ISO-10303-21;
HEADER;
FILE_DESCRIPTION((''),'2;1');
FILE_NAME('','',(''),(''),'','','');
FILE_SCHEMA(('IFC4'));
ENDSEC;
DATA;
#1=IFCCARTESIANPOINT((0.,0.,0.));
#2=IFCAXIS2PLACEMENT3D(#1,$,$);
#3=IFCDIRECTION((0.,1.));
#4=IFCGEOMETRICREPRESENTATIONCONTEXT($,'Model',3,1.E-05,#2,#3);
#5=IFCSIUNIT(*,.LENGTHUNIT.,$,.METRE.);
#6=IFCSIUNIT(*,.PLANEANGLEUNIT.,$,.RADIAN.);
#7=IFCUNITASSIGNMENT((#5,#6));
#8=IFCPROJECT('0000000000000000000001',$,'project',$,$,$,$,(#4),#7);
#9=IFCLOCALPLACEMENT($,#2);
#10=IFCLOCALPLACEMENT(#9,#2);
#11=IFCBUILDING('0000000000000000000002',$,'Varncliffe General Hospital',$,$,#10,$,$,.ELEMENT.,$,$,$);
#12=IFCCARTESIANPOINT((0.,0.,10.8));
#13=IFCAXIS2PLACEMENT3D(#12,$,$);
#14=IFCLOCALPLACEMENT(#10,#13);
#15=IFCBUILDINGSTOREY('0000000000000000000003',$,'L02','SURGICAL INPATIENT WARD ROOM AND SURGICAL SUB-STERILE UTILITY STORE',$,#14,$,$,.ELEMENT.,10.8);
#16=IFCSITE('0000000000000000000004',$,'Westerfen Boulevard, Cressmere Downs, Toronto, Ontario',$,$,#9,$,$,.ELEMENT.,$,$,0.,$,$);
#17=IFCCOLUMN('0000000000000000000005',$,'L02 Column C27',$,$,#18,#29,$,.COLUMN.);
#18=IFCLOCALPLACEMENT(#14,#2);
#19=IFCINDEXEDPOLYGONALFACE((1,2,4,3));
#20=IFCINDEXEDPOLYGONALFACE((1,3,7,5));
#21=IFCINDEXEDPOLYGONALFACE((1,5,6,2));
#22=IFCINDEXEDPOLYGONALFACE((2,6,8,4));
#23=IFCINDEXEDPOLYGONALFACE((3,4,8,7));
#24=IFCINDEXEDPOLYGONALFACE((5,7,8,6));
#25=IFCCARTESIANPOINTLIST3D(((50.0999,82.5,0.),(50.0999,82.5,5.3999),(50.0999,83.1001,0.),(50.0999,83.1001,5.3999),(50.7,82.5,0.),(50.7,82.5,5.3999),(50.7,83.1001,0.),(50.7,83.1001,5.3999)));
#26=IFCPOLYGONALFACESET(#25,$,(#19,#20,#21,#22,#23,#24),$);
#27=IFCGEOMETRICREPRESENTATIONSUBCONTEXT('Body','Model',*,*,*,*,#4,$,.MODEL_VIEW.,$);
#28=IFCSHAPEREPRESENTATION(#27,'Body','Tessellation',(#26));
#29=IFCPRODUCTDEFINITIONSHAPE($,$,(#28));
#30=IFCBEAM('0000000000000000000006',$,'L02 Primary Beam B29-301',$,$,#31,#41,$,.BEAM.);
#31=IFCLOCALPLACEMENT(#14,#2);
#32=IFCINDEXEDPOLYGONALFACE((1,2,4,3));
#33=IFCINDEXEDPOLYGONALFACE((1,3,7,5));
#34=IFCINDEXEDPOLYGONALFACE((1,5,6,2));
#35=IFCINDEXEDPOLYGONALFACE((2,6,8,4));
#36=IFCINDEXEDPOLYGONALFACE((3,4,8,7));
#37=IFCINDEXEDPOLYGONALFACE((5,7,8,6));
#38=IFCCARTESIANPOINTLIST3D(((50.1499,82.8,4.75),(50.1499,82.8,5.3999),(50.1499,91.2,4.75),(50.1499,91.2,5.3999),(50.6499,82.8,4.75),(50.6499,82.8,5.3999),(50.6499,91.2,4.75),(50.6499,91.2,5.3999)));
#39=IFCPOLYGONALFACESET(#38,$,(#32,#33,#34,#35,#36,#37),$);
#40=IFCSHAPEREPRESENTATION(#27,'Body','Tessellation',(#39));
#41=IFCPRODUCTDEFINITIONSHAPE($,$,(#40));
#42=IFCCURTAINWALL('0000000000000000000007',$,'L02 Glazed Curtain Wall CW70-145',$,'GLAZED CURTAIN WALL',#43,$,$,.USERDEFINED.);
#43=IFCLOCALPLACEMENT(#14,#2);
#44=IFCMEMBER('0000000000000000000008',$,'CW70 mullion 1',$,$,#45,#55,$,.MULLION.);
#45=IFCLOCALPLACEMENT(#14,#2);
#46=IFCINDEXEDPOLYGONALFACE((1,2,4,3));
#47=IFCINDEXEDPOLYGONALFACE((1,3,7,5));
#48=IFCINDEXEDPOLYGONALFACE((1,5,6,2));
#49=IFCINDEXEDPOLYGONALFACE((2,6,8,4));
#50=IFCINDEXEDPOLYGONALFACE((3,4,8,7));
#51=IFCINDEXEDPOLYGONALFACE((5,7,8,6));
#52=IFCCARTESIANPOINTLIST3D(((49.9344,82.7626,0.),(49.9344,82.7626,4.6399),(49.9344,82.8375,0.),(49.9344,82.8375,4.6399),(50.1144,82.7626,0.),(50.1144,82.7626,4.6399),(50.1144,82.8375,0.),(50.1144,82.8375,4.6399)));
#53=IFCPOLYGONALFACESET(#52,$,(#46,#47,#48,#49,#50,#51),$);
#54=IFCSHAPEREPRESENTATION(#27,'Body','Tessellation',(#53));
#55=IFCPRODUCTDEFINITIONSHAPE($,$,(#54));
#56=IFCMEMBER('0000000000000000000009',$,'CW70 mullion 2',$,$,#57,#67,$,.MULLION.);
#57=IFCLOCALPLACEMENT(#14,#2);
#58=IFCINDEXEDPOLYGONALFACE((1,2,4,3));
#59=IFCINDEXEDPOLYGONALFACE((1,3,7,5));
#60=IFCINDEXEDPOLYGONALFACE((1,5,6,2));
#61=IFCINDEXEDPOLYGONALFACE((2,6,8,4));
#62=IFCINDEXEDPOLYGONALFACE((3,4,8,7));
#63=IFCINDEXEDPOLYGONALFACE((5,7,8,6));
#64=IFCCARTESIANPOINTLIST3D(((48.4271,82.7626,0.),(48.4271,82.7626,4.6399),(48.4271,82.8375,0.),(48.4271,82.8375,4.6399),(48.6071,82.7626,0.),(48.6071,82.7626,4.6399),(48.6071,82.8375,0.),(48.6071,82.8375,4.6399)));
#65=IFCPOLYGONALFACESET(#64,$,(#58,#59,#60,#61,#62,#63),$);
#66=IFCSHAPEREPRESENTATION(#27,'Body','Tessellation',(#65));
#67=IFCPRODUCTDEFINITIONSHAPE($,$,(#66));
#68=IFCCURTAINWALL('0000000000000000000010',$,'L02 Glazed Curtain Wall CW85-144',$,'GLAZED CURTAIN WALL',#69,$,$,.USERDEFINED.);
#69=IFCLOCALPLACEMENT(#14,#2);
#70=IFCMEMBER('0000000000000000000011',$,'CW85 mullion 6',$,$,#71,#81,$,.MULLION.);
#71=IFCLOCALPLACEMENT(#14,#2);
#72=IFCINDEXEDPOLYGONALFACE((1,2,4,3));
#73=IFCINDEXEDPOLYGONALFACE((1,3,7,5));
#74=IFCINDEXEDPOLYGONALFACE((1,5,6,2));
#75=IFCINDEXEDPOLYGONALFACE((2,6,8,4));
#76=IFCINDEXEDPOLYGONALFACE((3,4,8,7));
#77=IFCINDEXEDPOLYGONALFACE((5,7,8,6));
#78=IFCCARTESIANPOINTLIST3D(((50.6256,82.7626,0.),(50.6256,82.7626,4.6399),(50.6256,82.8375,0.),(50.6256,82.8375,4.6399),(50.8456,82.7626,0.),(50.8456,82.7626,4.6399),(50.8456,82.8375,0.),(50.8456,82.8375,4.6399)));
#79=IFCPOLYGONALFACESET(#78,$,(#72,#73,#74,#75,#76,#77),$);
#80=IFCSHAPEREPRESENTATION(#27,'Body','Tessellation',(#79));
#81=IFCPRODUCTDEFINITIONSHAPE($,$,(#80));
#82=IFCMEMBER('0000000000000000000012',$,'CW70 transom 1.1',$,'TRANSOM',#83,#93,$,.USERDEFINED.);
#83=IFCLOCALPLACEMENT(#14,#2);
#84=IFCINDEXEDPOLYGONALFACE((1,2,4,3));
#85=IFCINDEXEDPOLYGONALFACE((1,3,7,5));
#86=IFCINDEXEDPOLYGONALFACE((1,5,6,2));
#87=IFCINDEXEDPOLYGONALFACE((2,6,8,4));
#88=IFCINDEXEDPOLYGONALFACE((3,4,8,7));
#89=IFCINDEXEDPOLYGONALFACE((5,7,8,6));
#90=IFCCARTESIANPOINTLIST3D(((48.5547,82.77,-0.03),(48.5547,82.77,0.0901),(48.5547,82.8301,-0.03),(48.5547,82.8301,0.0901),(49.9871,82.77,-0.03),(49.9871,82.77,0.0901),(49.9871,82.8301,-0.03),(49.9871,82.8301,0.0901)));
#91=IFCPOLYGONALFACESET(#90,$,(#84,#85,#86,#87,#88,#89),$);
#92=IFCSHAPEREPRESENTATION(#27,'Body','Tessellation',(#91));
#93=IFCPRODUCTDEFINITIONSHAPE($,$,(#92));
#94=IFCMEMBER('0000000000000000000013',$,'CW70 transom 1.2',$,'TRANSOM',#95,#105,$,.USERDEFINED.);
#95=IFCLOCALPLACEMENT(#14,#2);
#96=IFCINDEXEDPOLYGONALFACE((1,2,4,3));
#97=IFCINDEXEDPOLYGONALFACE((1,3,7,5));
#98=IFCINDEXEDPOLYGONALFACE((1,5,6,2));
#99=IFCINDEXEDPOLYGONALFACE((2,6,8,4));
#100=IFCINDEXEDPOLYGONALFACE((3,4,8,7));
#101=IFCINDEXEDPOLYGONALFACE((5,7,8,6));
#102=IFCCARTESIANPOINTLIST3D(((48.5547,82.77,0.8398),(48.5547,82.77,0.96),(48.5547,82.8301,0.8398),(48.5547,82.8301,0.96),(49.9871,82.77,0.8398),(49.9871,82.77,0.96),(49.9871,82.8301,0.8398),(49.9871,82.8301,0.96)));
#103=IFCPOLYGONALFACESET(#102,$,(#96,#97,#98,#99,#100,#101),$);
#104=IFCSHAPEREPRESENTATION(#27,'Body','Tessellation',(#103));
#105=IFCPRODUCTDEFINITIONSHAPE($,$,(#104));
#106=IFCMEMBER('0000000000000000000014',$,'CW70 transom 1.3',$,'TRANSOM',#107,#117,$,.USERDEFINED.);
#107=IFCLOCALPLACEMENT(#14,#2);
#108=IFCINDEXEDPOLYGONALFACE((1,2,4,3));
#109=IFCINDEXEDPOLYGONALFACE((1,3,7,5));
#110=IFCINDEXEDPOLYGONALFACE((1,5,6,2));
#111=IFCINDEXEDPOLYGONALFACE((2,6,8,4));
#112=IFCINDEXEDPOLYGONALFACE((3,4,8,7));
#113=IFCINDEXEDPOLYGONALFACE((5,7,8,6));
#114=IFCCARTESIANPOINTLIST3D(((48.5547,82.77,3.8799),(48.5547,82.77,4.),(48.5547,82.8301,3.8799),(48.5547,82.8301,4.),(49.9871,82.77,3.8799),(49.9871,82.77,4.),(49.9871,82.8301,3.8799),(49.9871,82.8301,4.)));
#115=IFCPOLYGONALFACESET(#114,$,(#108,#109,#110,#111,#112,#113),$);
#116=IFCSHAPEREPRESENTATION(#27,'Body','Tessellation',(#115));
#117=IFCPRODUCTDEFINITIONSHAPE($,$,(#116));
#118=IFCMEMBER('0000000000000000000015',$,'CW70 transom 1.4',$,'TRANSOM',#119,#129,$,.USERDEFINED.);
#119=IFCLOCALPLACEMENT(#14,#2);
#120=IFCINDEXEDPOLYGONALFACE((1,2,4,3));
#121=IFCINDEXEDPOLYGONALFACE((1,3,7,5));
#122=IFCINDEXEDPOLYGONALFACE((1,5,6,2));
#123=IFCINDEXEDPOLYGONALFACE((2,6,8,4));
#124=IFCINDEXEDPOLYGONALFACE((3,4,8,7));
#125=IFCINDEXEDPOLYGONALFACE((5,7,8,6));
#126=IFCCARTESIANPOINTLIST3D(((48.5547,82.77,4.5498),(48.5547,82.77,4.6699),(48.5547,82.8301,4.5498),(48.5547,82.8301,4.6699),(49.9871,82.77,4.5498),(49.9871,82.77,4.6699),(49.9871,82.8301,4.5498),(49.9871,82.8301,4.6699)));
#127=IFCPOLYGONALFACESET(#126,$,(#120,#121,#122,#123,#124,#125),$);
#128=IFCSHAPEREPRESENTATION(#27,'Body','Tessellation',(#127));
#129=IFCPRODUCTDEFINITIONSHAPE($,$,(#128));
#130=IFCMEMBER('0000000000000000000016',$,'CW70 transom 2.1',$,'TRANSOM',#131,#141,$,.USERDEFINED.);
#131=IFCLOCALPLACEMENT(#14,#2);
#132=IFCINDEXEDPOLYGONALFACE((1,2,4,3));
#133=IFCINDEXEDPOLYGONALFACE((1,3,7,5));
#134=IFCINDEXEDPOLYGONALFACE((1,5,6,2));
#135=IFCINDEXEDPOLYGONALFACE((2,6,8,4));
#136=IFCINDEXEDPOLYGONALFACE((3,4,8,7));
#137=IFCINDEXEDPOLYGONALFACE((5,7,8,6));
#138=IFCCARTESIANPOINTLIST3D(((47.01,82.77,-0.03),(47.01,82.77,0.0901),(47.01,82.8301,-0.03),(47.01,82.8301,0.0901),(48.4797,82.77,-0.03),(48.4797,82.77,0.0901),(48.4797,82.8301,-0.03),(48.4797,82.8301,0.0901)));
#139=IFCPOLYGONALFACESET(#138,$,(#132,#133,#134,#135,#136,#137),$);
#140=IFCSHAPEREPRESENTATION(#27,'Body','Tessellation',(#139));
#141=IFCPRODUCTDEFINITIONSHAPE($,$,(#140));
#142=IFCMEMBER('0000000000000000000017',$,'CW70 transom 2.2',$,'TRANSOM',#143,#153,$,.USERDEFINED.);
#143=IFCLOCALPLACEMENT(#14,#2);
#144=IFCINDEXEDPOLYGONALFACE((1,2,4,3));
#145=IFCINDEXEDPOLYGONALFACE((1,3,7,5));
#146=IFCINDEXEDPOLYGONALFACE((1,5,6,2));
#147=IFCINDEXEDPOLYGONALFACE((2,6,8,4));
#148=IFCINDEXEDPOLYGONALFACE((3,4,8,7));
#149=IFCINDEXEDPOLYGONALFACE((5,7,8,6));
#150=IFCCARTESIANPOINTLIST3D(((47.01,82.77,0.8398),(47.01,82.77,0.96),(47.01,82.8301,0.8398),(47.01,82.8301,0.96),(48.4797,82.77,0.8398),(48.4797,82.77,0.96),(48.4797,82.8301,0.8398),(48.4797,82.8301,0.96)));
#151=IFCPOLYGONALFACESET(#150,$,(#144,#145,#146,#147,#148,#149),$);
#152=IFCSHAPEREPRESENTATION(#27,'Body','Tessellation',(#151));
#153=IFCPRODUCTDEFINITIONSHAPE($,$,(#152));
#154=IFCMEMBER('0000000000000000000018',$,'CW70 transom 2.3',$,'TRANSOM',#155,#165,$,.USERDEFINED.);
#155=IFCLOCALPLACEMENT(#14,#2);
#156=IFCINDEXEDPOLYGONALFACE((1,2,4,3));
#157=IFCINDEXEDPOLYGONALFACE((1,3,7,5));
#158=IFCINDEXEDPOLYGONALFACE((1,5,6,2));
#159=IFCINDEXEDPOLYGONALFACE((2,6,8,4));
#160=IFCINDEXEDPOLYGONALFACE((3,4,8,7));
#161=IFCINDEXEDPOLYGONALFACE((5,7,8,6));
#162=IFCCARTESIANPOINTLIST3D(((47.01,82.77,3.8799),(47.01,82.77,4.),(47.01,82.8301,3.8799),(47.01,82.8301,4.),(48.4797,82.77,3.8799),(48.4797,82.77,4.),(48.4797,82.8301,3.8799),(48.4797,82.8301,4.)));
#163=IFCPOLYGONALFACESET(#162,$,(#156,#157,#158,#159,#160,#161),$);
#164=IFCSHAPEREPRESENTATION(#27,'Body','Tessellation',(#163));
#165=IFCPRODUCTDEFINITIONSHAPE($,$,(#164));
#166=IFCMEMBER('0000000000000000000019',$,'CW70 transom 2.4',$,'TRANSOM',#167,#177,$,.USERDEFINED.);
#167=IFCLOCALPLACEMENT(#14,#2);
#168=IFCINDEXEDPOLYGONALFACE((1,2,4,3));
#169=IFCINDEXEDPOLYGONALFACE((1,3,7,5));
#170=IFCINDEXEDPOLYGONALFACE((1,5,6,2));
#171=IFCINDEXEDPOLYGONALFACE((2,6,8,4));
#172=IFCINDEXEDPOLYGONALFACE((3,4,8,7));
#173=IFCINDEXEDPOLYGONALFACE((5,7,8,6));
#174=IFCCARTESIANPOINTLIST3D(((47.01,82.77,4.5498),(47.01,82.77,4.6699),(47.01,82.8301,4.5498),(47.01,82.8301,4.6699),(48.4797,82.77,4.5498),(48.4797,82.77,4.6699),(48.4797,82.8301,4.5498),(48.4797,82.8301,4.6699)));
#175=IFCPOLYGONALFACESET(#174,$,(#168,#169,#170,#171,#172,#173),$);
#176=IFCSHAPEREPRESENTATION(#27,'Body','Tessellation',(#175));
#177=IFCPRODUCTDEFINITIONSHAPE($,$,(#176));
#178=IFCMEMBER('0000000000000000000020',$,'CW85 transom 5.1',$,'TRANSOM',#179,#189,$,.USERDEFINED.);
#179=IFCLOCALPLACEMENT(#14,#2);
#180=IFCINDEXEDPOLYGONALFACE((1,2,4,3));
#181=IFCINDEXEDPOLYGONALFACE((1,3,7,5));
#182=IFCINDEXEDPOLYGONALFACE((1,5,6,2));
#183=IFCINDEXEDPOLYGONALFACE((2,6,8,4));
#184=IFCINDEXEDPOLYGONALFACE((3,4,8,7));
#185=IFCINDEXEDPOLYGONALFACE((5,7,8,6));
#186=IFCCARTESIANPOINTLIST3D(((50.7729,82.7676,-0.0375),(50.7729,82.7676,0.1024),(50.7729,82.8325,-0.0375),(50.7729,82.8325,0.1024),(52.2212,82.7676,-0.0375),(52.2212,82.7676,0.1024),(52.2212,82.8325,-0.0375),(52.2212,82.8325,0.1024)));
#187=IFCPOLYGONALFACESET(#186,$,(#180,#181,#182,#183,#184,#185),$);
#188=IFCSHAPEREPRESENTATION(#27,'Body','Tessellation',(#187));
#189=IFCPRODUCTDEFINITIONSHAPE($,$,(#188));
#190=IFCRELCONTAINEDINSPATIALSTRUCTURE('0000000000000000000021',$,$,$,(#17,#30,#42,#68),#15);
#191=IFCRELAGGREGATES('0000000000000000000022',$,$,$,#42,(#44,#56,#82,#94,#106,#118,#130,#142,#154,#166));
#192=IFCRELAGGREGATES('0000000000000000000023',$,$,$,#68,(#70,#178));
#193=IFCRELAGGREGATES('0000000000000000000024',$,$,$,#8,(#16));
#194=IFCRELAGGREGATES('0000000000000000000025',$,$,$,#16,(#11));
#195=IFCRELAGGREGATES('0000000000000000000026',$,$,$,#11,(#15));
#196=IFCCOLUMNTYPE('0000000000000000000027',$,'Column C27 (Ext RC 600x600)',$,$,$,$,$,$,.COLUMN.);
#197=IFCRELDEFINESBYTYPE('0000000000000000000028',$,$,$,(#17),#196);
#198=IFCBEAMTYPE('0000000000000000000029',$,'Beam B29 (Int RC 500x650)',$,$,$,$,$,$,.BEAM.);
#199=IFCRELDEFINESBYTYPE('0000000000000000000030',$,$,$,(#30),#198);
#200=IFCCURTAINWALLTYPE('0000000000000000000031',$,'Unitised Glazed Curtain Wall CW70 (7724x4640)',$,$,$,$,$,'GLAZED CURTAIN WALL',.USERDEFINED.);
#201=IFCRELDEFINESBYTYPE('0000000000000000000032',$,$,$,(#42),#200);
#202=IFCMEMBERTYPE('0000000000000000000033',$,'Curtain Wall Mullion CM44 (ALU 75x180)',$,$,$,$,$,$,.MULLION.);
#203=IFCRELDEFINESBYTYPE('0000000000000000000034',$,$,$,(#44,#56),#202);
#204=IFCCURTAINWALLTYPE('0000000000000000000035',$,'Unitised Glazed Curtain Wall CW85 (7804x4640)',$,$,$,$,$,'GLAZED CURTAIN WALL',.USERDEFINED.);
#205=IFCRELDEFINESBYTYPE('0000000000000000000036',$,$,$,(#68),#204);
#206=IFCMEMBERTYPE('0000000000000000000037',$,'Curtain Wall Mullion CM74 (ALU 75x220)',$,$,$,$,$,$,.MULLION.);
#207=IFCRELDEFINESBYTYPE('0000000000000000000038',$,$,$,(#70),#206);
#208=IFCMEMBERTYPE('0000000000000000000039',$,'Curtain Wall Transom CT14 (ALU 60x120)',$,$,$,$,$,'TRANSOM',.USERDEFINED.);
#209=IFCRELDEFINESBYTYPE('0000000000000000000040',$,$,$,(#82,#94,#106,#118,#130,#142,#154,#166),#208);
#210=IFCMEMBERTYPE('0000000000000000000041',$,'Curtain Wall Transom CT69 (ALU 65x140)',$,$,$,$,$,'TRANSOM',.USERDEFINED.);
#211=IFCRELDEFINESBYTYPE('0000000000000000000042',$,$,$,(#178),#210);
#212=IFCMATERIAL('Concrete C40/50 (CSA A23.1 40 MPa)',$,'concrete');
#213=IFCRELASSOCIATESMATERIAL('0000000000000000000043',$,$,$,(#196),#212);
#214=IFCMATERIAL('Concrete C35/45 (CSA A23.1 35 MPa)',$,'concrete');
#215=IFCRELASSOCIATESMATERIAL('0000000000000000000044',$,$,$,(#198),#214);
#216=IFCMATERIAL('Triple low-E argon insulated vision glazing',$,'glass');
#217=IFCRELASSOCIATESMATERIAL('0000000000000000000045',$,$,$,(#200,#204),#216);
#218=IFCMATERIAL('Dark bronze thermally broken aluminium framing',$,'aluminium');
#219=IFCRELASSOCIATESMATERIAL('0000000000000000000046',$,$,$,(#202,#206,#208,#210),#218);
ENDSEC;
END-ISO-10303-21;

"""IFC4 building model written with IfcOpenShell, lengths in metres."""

from ifc_helpers import new_model, si_unit, direction, frame, origin, origin_2d, place, context, subcontext, project, spatial, rectangle, extrude, material, material_profile, profile_set, type_object, element, aggregate, save


model = new_model("IFC4")

# Units and contexts
model_context = context("Model", 3, precision=1e-05, world=origin(), true_north=direction((0.0, 1.0)))
body_context = subcontext(model_context, "Body", "Model", "MODEL_VIEW")
ifc_project = project(units=[si_unit("LENGTHUNIT", "METRE"), si_unit("PLANEANGLEUNIT", "RADIAN")], contexts=[model_context])

# Site, building, storey
site_placement = place(None, origin())
site = spatial("IfcSite", under=ifc_project, at=site_placement, Name="Westerfen Boulevard, Cressmere Downs, Toronto, Ontario", CompositionType="ELEMENT", RefElevation=0.0)
building_placement = place(site_placement, origin())
building = spatial("IfcBuilding", under=site, at=building_placement, Name="Varncliffe General Hospital", CompositionType="ELEMENT")
storey_placement = place(building_placement, frame((0.0, 0.0, 10.8)))
storey = spatial("IfcBuildingStorey", under=building, at=storey_placement, Name="L02", Description="SURGICAL INPATIENT WARD ROOM AND SURGICAL SUB-STERILE UTILITY STORE", CompositionType="ELEMENT", Elevation=10.8)

# Column
ifc_material_1 = material(Name="Concrete C40/50 (CSA A23.1 40 MPa)", Category="concrete")
ifc_material_profile_1 = material_profile(ifc_material_1, rectangle(XDim=0.6001, YDim=0.6001, at=origin_2d()), Name="RC 600x600")
ifc_profile_set_1 = profile_set([ifc_material_profile_1], Name="Concrete C40/50 (CSA A23.1 40 MPa)")
column_type = type_object("IfcColumnType", Name="Column C27 (Ext RC 600x600)", PredefinedType="COLUMN", material=ifc_profile_set_1)
column_placement = place(storey_placement, frame((50.3999, 82.8, 0.0), z_axis=(0.0, 0.0, 1.0), x_axis=(1.0, 0.0, 0.0)))
element("IfcColumn", 1, at=column_placement, inside=storey, type_object=column_type, Name="L02 Column C27", PredefinedType="COLUMN", context=body_context, shape_type="SweptSolid", body=[
    extrude(rectangle(XDim=0.6001, YDim=0.6001, at=origin_2d()), origin(), (0.0, 0.0, 1.0), 5.3999),
])

# Beam
ifc_material_2 = material(Name="Concrete C35/45 (CSA A23.1 35 MPa)", Category="concrete")
ifc_material_profile_2 = material_profile(ifc_material_2, rectangle(XDim=0.5, YDim=0.6499, at=origin_2d()), Name="RC 500x650")
ifc_profile_set_2 = profile_set([ifc_material_profile_2], Name="Concrete C35/45 (CSA A23.1 35 MPa)")
beam_type_1 = type_object("IfcBeamType", Name="Beam B29 (Int RC 500x650)", PredefinedType="BEAM", material=ifc_profile_set_2)
beam_1_placement = place(storey_placement, frame((50.3999, 82.8, 5.075), z_axis=(0.0, 1.0, 0.0), x_axis=(-1.0, 0.0, 0.0)))
element("IfcBeam", 2, at=beam_1_placement, inside=storey, type_object=beam_type_1, Name="L02 Primary Beam B29-301", PredefinedType="BEAM", context=body_context, shape_type="SweptSolid", body=[
    extrude(rectangle(XDim=0.5, YDim=0.6499, at=origin_2d()), origin(), (0.0, 0.0, 1.0), 8.3999),
])

# Curtain wall, members
ifc_material_3 = material(Name="Triple low-E argon insulated vision glazing", Category="glass")
curtain_wall_type_1 = type_object("IfcCurtainWallType", Name="Unitised Glazed Curtain Wall CW70 (7724x4640)", ElementType="GLAZED CURTAIN WALL", PredefinedType="USERDEFINED", material=ifc_material_3)
curtain_wall_1_placement = place(storey_placement, origin())
curtain_wall_1 = element("IfcCurtainWall", 3, at=curtain_wall_1_placement, inside=storey, type_object=curtain_wall_type_1, Name="L02 Glazed Curtain Wall CW70-145", ObjectType="GLAZED CURTAIN WALL", PredefinedType="USERDEFINED")
ifc_material_4 = material(Name="Dark bronze thermally broken aluminium framing", Category="aluminium")
ifc_material_profile_3 = material_profile(ifc_material_4, rectangle(XDim=0.075, YDim=0.1799, at=origin_2d()), Name="ALU 75x180")
ifc_profile_set_3 = profile_set([ifc_material_profile_3], Name="Dark bronze thermally broken aluminium framing")
member_type_1 = type_object("IfcMemberType", Name="Curtain Wall Mullion CM44 (ALU 75x180)", PredefinedType="MULLION", material=ifc_profile_set_3)
member_1_placement = place(storey_placement, frame((50.0244, 82.8, 0.0), z_axis=(0.0, 0.0, 1.0), x_axis=(0.0, -1.0, 0.0)))
member_1 = element("IfcMember", 4, at=member_1_placement, type_object=member_type_1, Name="CW70 mullion 1", PredefinedType="MULLION", context=body_context, shape_type="SweptSolid", body=[
    extrude(rectangle(XDim=0.075, YDim=0.1799, at=origin_2d()), origin(), (0.0, 0.0, 1.0), 4.6399),
])
member_2_placement = place(storey_placement, frame((48.5171, 82.8, 0.0), z_axis=(0.0, 0.0, 1.0), x_axis=(0.0, -1.0, 0.0)))
member_2 = element("IfcMember", 5, at=member_2_placement, type_object=member_type_1, Name="CW70 mullion 2", PredefinedType="MULLION", context=body_context, shape_type="SweptSolid", body=[
    extrude(rectangle(XDim=0.075, YDim=0.1799, at=origin_2d()), origin(), (0.0, 0.0, 1.0), 4.6399),
])

# Curtain wall, member
curtain_wall_type_2 = type_object("IfcCurtainWallType", Name="Unitised Glazed Curtain Wall CW85 (7804x4640)", ElementType="GLAZED CURTAIN WALL", PredefinedType="USERDEFINED", material=ifc_material_3)
curtain_wall_2_placement = place(storey_placement, origin())
curtain_wall_2 = element("IfcCurtainWall", 6, at=curtain_wall_2_placement, inside=storey, type_object=curtain_wall_type_2, Name="L02 Glazed Curtain Wall CW85-144", ObjectType="GLAZED CURTAIN WALL", PredefinedType="USERDEFINED")
ifc_material_profile_4 = material_profile(ifc_material_4, rectangle(XDim=0.075, YDim=0.22, at=origin_2d()), Name="ALU 75x220")
ifc_profile_set_4 = profile_set([ifc_material_profile_4], Name="Dark bronze thermally broken aluminium framing")
member_type_2 = type_object("IfcMemberType", Name="Curtain Wall Mullion CM74 (ALU 75x220)", PredefinedType="MULLION", material=ifc_profile_set_4)
member_3_placement = place(storey_placement, frame((50.7356, 82.8, 0.0), z_axis=(0.0, 0.0, 1.0), x_axis=(0.0, -1.0, 0.0)))
member_3 = element("IfcMember", 7, at=member_3_placement, type_object=member_type_2, Name="CW85 mullion 6", PredefinedType="MULLION", context=body_context, shape_type="SweptSolid", body=[
    extrude(rectangle(XDim=0.075, YDim=0.22, at=origin_2d()), origin(), (0.0, 0.0, 1.0), 4.6399),
])

# Members
ifc_material_profile_5 = material_profile(ifc_material_4, rectangle(XDim=0.0601, YDim=0.1201, at=origin_2d()), Name="ALU 60x120")
ifc_profile_set_5 = profile_set([ifc_material_profile_5], Name="Dark bronze thermally broken aluminium framing")
member_type_3 = type_object("IfcMemberType", Name="Curtain Wall Transom CT14 (ALU 60x120)", ElementType="TRANSOM", PredefinedType="USERDEFINED", material=ifc_profile_set_5)
member_4_placement = place(storey_placement, frame((49.9871, 82.8, 0.03), z_axis=(-1.0, 0.0, 0.0), x_axis=(0.0, -1.0, 0.0)))
member_4 = element("IfcMember", 8, at=member_4_placement, type_object=member_type_3, Name="CW70 transom 1.1", ObjectType="TRANSOM", PredefinedType="USERDEFINED", context=body_context, shape_type="SweptSolid", body=[
    extrude(rectangle(XDim=0.0601, YDim=0.1201, at=origin_2d()), origin(), (0.0, 0.0, 1.0), 1.4324),
])
member_5_placement = place(storey_placement, frame((49.9871, 82.8, 0.8999), z_axis=(-1.0, 0.0, 0.0), x_axis=(0.0, -1.0, 0.0)))
member_5 = element("IfcMember", 9, at=member_5_placement, type_object=member_type_3, Name="CW70 transom 1.2", ObjectType="TRANSOM", PredefinedType="USERDEFINED", context=body_context, shape_type="SweptSolid", body=[
    extrude(rectangle(XDim=0.0601, YDim=0.1201, at=origin_2d()), origin(), (0.0, 0.0, 1.0), 1.4324),
])
member_6_placement = place(storey_placement, frame((49.9871, 82.8, 3.9399), z_axis=(-1.0, 0.0, 0.0), x_axis=(0.0, -1.0, 0.0)))
member_6 = element("IfcMember", 10, at=member_6_placement, type_object=member_type_3, Name="CW70 transom 1.3", ObjectType="TRANSOM", PredefinedType="USERDEFINED", context=body_context, shape_type="SweptSolid", body=[
    extrude(rectangle(XDim=0.0601, YDim=0.1201, at=origin_2d()), origin(), (0.0, 0.0, 1.0), 1.4324),
])
member_7_placement = place(storey_placement, frame((49.9871, 82.8, 4.6099), z_axis=(-1.0, 0.0, 0.0), x_axis=(0.0, -1.0, 0.0)))
member_7 = element("IfcMember", 11, at=member_7_placement, type_object=member_type_3, Name="CW70 transom 1.4", ObjectType="TRANSOM", PredefinedType="USERDEFINED", context=body_context, shape_type="SweptSolid", body=[
    extrude(rectangle(XDim=0.0601, YDim=0.1201, at=origin_2d()), origin(), (0.0, 0.0, 1.0), 1.4324),
])
member_8_placement = place(storey_placement, frame((48.4797, 82.8, 0.03), z_axis=(-1.0, 0.0, 0.0), x_axis=(0.0, -1.0, 0.0)))
member_8 = element("IfcMember", 12, at=member_8_placement, type_object=member_type_3, Name="CW70 transom 2.1", ObjectType="TRANSOM", PredefinedType="USERDEFINED", context=body_context, shape_type="SweptSolid", body=[
    extrude(rectangle(XDim=0.0601, YDim=0.1201, at=origin_2d()), origin(), (0.0, 0.0, 1.0), 1.4697),
])
member_9_placement = place(storey_placement, frame((48.4797, 82.8, 0.8999), z_axis=(-1.0, 0.0, 0.0), x_axis=(0.0, -1.0, 0.0)))
member_9 = element("IfcMember", 13, at=member_9_placement, type_object=member_type_3, Name="CW70 transom 2.2", ObjectType="TRANSOM", PredefinedType="USERDEFINED", context=body_context, shape_type="SweptSolid", body=[
    extrude(rectangle(XDim=0.0601, YDim=0.1201, at=origin_2d()), origin(), (0.0, 0.0, 1.0), 1.4697),
])
member_10_placement = place(storey_placement, frame((48.4797, 82.8, 3.9399), z_axis=(-1.0, 0.0, 0.0), x_axis=(0.0, -1.0, 0.0)))
member_10 = element("IfcMember", 14, at=member_10_placement, type_object=member_type_3, Name="CW70 transom 2.3", ObjectType="TRANSOM", PredefinedType="USERDEFINED", context=body_context, shape_type="SweptSolid", body=[
    extrude(rectangle(XDim=0.0601, YDim=0.1201, at=origin_2d()), origin(), (0.0, 0.0, 1.0), 1.4697),
])
member_11_placement = place(storey_placement, frame((48.4797, 82.8, 4.6099), z_axis=(-1.0, 0.0, 0.0), x_axis=(0.0, -1.0, 0.0)))
member_11 = element("IfcMember", 15, at=member_11_placement, type_object=member_type_3, Name="CW70 transom 2.4", ObjectType="TRANSOM", PredefinedType="USERDEFINED", context=body_context, shape_type="SweptSolid", body=[
    extrude(rectangle(XDim=0.0601, YDim=0.1201, at=origin_2d()), origin(), (0.0, 0.0, 1.0), 1.4697),
])
ifc_material_profile_6 = material_profile(ifc_material_4, rectangle(XDim=0.0649, YDim=0.1399, at=origin_2d()), Name="ALU 65x140")
ifc_profile_set_6 = profile_set([ifc_material_profile_6], Name="Dark bronze thermally broken aluminium framing")
member_type_4 = type_object("IfcMemberType", Name="Curtain Wall Transom CT69 (ALU 65x140)", ElementType="TRANSOM", PredefinedType="USERDEFINED", material=ifc_profile_set_6)
member_12_placement = place(storey_placement, frame((52.2212, 82.8, 0.0325), z_axis=(-1.0, 0.0, 0.0), x_axis=(0.0, -1.0, 0.0)))
member_12 = element("IfcMember", 16, at=member_12_placement, type_object=member_type_4, Name="CW85 transom 5.1", ObjectType="TRANSOM", PredefinedType="USERDEFINED", context=body_context, shape_type="SweptSolid", body=[
    extrude(rectangle(XDim=0.0649, YDim=0.1399, at=origin_2d()), origin(), (0.0, 0.0, 1.0), 1.4482),
])

aggregate(curtain_wall_1, [member_1, member_2, member_4, member_5, member_6, member_7, member_8, member_9, member_10, member_11])
aggregate(curtain_wall_2, [member_3, member_12])

save(model, "model.ifc")
